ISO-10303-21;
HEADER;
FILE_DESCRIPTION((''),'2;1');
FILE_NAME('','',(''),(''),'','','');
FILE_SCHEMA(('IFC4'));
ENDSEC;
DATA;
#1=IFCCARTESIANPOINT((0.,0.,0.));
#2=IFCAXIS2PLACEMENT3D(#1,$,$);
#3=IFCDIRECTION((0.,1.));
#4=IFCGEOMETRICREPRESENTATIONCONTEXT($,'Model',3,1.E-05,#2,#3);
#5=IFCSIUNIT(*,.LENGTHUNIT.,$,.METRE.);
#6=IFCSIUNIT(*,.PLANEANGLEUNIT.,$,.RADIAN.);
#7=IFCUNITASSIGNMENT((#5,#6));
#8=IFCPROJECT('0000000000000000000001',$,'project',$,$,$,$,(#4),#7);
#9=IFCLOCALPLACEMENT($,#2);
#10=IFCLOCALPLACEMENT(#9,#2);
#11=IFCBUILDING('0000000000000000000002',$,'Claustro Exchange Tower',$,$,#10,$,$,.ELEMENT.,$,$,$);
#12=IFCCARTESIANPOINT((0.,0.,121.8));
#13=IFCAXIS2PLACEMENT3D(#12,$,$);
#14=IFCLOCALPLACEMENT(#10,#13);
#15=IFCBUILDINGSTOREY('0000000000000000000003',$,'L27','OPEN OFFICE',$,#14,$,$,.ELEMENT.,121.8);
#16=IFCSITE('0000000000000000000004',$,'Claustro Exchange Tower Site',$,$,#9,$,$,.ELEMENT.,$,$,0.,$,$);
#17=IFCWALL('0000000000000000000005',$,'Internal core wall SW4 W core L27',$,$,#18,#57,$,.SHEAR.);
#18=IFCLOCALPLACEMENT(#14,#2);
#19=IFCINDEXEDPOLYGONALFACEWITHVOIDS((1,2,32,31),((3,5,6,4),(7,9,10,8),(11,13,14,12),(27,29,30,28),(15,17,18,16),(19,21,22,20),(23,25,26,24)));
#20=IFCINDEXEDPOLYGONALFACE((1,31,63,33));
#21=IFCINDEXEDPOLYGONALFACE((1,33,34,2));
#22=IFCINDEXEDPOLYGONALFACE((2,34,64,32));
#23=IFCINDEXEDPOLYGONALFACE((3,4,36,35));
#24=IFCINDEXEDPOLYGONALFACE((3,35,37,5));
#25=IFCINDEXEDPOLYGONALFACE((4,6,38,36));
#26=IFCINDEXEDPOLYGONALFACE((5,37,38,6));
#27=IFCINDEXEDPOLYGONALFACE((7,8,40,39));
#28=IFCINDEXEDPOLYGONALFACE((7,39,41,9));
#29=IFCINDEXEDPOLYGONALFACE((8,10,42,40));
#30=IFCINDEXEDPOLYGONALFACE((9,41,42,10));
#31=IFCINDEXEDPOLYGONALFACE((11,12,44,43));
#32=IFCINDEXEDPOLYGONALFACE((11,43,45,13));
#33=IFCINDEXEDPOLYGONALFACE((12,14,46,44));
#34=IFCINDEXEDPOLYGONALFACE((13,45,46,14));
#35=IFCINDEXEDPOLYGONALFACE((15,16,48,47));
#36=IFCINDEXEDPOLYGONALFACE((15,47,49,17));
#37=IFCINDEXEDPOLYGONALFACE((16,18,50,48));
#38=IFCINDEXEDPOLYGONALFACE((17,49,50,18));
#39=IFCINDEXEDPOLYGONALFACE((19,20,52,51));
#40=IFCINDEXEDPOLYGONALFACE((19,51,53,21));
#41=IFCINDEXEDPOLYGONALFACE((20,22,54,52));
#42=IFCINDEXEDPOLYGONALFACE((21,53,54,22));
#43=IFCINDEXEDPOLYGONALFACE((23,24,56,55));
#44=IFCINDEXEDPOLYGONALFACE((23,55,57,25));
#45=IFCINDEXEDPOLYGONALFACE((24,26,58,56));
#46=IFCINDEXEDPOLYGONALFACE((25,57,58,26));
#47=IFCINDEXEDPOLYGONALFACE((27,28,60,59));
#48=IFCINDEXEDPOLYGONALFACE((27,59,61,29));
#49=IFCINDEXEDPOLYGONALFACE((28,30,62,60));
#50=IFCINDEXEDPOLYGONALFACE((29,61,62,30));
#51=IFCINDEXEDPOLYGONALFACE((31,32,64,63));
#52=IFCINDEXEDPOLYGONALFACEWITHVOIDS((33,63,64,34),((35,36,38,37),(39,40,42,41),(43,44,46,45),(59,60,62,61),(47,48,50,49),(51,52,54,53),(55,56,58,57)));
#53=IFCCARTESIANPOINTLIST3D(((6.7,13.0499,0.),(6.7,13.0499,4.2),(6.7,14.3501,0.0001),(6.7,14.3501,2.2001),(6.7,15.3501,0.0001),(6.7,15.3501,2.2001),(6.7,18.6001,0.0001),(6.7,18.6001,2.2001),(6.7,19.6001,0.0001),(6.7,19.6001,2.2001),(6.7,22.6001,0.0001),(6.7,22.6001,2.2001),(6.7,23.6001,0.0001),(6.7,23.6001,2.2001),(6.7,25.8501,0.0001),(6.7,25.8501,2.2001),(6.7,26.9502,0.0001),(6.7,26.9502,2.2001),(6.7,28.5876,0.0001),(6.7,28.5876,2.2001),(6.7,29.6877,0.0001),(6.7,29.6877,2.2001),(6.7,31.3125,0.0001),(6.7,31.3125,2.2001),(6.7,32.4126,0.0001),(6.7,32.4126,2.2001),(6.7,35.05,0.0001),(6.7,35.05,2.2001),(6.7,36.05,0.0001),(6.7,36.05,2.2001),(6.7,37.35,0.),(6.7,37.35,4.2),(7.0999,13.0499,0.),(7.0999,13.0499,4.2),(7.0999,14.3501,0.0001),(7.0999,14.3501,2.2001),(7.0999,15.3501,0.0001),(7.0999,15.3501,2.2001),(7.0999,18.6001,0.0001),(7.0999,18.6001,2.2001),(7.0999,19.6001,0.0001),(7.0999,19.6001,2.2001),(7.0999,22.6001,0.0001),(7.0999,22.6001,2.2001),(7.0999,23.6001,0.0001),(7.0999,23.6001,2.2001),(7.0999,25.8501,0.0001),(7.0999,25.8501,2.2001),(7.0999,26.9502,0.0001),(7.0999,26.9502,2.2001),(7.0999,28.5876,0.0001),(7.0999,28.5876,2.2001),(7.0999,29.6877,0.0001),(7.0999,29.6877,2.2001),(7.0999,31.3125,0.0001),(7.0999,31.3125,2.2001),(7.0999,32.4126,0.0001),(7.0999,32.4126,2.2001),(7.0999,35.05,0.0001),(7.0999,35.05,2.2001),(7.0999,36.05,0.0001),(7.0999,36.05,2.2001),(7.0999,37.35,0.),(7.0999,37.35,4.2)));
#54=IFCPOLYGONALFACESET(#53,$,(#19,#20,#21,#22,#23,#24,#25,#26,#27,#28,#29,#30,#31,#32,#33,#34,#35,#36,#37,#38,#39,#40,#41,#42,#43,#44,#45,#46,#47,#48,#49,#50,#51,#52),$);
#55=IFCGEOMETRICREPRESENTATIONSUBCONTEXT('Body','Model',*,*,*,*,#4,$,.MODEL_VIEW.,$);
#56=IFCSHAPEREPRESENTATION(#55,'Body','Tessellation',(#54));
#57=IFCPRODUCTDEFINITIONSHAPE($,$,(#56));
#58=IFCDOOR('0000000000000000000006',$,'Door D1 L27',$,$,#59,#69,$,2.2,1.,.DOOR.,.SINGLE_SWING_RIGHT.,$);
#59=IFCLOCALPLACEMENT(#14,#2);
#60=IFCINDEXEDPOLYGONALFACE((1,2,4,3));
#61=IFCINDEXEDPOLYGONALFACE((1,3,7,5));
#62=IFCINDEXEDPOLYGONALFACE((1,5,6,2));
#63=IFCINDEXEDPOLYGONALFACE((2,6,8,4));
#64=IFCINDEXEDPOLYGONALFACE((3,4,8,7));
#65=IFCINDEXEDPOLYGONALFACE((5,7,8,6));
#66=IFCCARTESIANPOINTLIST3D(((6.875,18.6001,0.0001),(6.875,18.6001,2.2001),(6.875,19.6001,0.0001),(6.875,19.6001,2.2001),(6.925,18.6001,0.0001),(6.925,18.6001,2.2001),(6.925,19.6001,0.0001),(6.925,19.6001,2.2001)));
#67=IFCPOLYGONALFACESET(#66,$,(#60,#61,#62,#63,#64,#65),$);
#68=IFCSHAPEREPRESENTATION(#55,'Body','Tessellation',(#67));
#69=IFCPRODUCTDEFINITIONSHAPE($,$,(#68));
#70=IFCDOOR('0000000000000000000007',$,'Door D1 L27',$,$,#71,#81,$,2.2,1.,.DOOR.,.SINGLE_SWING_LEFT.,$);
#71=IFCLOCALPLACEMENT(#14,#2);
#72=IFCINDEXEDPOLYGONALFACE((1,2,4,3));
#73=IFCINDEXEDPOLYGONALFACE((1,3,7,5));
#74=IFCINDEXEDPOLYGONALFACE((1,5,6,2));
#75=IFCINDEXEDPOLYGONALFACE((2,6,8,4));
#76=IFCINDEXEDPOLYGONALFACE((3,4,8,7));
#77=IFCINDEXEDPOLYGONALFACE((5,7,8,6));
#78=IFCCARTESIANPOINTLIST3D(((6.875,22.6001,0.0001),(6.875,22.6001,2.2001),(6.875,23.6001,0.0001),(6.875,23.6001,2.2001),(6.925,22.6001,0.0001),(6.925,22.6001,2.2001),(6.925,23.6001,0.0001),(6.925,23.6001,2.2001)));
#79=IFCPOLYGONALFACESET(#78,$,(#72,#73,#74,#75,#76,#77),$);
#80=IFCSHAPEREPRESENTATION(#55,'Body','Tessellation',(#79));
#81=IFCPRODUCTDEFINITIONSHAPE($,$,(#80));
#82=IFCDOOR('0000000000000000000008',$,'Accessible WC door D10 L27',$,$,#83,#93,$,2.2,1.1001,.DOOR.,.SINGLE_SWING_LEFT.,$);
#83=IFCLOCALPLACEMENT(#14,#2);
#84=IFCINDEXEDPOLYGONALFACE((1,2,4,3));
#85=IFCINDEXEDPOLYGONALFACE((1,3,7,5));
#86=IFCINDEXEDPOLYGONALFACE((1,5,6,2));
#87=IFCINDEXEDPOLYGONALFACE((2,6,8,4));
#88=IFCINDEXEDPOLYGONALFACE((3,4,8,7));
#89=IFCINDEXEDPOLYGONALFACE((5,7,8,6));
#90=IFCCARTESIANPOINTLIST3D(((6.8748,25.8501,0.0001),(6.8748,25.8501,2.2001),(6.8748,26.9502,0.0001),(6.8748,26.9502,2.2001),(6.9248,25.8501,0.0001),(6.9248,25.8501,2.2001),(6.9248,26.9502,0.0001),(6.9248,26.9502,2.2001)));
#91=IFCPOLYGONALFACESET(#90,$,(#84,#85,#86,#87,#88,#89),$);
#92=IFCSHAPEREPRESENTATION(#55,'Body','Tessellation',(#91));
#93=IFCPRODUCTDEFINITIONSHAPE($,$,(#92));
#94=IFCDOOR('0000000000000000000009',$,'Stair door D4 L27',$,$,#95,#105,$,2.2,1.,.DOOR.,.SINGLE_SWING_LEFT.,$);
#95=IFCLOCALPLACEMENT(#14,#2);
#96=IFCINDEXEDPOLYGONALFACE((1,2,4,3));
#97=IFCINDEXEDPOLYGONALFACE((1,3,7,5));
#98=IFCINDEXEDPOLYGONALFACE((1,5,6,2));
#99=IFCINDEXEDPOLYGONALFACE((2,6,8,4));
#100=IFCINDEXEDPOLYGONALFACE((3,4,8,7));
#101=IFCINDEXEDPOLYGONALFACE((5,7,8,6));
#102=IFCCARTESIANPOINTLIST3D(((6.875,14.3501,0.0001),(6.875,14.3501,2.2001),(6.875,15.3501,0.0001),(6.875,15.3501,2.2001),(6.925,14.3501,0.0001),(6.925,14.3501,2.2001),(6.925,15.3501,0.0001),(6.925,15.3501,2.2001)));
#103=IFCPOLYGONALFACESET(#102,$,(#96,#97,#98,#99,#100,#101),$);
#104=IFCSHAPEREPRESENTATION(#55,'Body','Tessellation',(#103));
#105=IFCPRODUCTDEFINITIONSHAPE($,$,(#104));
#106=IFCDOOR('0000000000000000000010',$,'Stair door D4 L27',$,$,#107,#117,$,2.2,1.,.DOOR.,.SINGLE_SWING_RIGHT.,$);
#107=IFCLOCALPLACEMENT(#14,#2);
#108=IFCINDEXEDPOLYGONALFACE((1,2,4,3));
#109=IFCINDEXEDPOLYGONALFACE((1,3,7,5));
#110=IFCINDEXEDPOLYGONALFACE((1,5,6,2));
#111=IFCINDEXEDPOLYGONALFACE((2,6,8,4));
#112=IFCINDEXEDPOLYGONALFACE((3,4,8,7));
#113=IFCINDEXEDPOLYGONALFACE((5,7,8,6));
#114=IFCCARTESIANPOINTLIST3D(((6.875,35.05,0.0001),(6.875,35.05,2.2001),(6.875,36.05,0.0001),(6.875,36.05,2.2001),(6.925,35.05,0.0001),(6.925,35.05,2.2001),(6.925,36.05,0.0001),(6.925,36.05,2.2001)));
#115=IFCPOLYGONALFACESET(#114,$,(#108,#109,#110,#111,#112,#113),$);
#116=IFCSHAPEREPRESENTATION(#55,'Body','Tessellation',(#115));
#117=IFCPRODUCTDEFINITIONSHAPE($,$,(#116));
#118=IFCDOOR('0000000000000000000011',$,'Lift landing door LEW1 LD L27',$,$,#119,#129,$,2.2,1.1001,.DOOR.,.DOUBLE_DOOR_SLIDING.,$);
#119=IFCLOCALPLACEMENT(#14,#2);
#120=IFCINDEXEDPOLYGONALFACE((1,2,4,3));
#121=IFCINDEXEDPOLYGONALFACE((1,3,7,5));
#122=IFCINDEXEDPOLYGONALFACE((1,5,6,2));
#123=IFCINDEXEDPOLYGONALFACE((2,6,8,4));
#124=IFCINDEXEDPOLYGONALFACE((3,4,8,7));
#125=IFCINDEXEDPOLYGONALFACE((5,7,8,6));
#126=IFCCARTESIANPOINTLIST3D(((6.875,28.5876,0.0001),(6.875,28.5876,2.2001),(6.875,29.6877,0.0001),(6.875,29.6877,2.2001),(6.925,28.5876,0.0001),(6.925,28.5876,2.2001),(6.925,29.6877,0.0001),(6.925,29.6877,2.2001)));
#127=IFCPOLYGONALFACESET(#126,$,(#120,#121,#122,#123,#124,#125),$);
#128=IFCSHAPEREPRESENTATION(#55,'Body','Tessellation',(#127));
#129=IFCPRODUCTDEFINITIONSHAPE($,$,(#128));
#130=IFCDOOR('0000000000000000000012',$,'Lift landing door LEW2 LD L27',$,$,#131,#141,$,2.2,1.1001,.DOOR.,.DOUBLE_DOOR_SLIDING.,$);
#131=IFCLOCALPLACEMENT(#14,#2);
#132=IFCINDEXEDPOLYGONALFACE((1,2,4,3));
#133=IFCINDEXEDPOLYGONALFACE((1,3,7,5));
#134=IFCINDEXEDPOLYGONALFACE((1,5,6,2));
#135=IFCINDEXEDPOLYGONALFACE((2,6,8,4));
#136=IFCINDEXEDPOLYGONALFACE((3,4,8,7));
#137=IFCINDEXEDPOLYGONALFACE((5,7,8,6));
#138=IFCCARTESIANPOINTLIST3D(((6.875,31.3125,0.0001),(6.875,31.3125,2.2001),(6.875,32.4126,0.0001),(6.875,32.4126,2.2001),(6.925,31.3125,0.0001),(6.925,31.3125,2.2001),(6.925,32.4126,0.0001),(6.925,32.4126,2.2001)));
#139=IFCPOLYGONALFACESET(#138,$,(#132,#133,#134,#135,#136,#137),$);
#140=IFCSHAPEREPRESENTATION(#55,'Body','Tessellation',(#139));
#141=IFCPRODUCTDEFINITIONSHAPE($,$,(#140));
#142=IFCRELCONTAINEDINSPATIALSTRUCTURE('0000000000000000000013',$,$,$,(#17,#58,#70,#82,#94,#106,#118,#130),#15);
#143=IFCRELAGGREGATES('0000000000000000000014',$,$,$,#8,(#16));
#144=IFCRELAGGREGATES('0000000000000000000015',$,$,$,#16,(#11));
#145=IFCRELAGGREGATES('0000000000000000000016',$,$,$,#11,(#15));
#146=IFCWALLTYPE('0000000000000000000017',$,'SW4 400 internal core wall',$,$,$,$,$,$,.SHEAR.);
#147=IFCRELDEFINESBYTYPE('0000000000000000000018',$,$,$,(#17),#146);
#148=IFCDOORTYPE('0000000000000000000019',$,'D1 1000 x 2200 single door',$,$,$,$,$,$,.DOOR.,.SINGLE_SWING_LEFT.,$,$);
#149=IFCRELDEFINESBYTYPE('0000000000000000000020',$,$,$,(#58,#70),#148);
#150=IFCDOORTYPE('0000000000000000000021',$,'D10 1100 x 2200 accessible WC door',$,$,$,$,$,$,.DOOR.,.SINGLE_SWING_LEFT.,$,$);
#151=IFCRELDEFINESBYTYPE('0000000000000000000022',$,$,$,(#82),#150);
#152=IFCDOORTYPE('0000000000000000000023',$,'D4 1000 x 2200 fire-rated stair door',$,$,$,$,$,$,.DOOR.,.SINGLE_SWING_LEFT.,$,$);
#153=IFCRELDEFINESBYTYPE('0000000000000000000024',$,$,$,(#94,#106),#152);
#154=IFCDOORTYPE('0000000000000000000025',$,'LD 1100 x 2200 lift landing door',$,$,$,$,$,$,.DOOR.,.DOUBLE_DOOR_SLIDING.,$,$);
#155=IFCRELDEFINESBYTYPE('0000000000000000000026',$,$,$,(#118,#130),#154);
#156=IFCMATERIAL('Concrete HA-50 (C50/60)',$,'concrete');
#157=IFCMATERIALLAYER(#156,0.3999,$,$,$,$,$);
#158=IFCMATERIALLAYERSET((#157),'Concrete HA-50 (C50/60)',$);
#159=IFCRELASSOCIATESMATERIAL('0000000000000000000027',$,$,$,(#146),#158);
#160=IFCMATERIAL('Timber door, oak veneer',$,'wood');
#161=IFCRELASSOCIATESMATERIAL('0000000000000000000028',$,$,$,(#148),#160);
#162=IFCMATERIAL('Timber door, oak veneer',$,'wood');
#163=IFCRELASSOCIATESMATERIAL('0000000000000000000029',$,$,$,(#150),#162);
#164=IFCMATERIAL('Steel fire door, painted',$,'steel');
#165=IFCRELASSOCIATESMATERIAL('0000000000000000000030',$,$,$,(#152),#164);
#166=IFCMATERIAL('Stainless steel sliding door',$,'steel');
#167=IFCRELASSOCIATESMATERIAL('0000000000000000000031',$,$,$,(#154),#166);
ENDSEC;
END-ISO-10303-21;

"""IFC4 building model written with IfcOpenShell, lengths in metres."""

from ifc_helpers import new_model, si_unit, direction, frame, frame_2d, origin, place, context, subcontext, project, spatial, rectangle, extrude, material, layer, layer_set, type_object, element, fill, save


model = new_model("IFC4")

# Units and contexts
model_context = context("Model", 3, precision=1e-05, world=origin(), true_north=direction((0.0, 1.0)))
body_context = subcontext(model_context, "Body", "Model", "MODEL_VIEW")
ifc_project = project(units=[si_unit("LENGTHUNIT", "METRE"), si_unit("PLANEANGLEUNIT", "RADIAN")], contexts=[model_context])

# Site, building, storey
site_placement = place(None, origin())
site = spatial("IfcSite", under=ifc_project, at=site_placement, Name="Claustro Exchange Tower Site", CompositionType="ELEMENT", RefElevation=0.0)
building_placement = place(site_placement, origin())
building = spatial("IfcBuilding", under=site, at=building_placement, Name="Claustro Exchange Tower", CompositionType="ELEMENT")
storey_placement = place(building_placement, frame((0.0, 0.0, 121.8)))
storey = spatial("IfcBuildingStorey", under=building, at=storey_placement, Name="L27", Description="OPEN OFFICE", CompositionType="ELEMENT", Elevation=121.8)

# Wall, openings, doors
ifc_material_1 = material(Name="Concrete HA-50 (C50/60)", Category="concrete")
ifc_layer_1 = layer(ifc_material_1, 0.3999)
ifc_layer_set_1 = layer_set([ifc_layer_1], Name="Concrete HA-50 (C50/60)")
wall_type_1 = type_object("IfcWallType", Name="SW4 400 internal core wall", PredefinedType="SHEAR", material=ifc_layer_set_1)
wall_1_placement = place(storey_placement, frame((6.8999, 13.05, 0.0), z_axis=(0.0, 0.0, 1.0), x_axis=(0.0, 1.0, 0.0)))
wall_1 = element("IfcWall", 1, at=wall_1_placement, inside=storey, type_object=wall_type_1, Name="Internal core wall SW4 W core L27", PredefinedType="SHEAR", context=body_context, shape_type="SweptSolid", body=[
    extrude(rectangle(XDim=24.3, YDim=0.3999, at=frame_2d((12.1499, 0.0))), origin(), (0.0, 0.0, 1.0), 4.2),
])
opening_1_placement = place(wall_1_placement, frame((1.3, 0.0, 0.0)))
opening_1 = element("IfcOpeningElement", 2, at=opening_1_placement, cuts=wall_1, PredefinedType="OPENING", context=body_context, shape_type="SweptSolid", body=[
    extrude(rectangle(XDim=1.0, YDim=2.2, at=frame_2d((0.5, 1.1001))), frame((0.0, 0.21, 0.0), z_axis=(0.0, -1.0, 0.0), x_axis=(1.0, 0.0, 0.0)), (0.0, 0.0, 1.0), 0.4199),
])
opening_2_placement = place(wall_1_placement, frame((22.0, 0.0, 0.0)))
opening_2 = element("IfcOpeningElement", 3, at=opening_2_placement, cuts=wall_1, PredefinedType="OPENING", context=body_context, shape_type="SweptSolid", body=[
    extrude(rectangle(XDim=1.0, YDim=2.2, at=frame_2d((0.5, 1.1001))), frame((0.0, 0.21, 0.0), z_axis=(0.0, -1.0, 0.0), x_axis=(1.0, 0.0, 0.0)), (0.0, 0.0, 1.0), 0.4199),
])
opening_3_placement = place(wall_1_placement, frame((5.55, 0.0, 0.0)))
opening_3 = element("IfcOpeningElement", 4, at=opening_3_placement, cuts=wall_1, PredefinedType="OPENING", context=body_context, shape_type="SweptSolid", body=[
    extrude(rectangle(XDim=1.0, YDim=2.2, at=frame_2d((0.5, 1.1001))), frame((0.0, 0.21, 0.0), z_axis=(0.0, -1.0, 0.0), x_axis=(1.0, 0.0, 0.0)), (0.0, 0.0, 1.0), 0.4199),
])
opening_4_placement = place(wall_1_placement, frame((9.55, 0.0, 0.0)))
opening_4 = element("IfcOpeningElement", 5, at=opening_4_placement, cuts=wall_1, PredefinedType="OPENING", context=body_context, shape_type="SweptSolid", body=[
    extrude(rectangle(XDim=1.0, YDim=2.2, at=frame_2d((0.5, 1.1001))), frame((0.0, 0.21, 0.0), z_axis=(0.0, -1.0, 0.0), x_axis=(1.0, 0.0, 0.0)), (0.0, 0.0, 1.0), 0.4199),
])
opening_5_placement = place(wall_1_placement, frame((12.8, 0.0, 0.0)))
opening_5 = element("IfcOpeningElement", 6, at=opening_5_placement, cuts=wall_1, PredefinedType="OPENING", context=body_context, shape_type="SweptSolid", body=[
    extrude(rectangle(XDim=1.1001, YDim=2.2, at=frame_2d((0.55, 1.1001))), frame((0.0, 0.21, 0.0), z_axis=(0.0, -1.0, 0.0), x_axis=(1.0, 0.0, 0.0)), (0.0, 0.0, 1.0), 0.4199),
])
opening_6_placement = place(wall_1_placement, frame((15.5376, 0.0, 0.0)))
opening_6 = element("IfcOpeningElement", 7, at=opening_6_placement, cuts=wall_1, PredefinedType="OPENING", context=body_context, shape_type="SweptSolid", body=[
    extrude(rectangle(XDim=1.1001, YDim=2.2, at=frame_2d((0.55, 1.1001))), frame((0.0, 0.21, 0.0), z_axis=(0.0, -1.0, 0.0), x_axis=(1.0, 0.0, 0.0)), (0.0, 0.0, 1.0), 0.4199),
])
opening_7_placement = place(wall_1_placement, frame((18.2625, 0.0, 0.0)))
opening_7 = element("IfcOpeningElement", 8, at=opening_7_placement, cuts=wall_1, PredefinedType="OPENING", context=body_context, shape_type="SweptSolid", body=[
    extrude(rectangle(XDim=1.1001, YDim=2.2, at=frame_2d((0.55, 1.1001))), frame((0.0, 0.21, 0.0), z_axis=(0.0, -1.0, 0.0), x_axis=(1.0, 0.0, 0.0)), (0.0, 0.0, 1.0), 0.4199),
])
ifc_material_2 = material(Name="Timber door, oak veneer", Category="wood")
door_type_1 = type_object("IfcDoorType", Name="D1 1000 x 2200 single door", OperationType="SINGLE_SWING_LEFT", PredefinedType="DOOR", material=ifc_material_2)
door_1_placement = place(opening_3_placement, origin())
door_1 = element("IfcDoor", 9, at=door_1_placement, inside=storey, type_object=door_type_1, Name="Door D1 L27", OperationType="SINGLE_SWING_RIGHT", OverallHeight=2.2, OverallWidth=1.0, PredefinedType="DOOR", context=body_context, shape_type="SweptSolid", body=[
    extrude(rectangle(XDim=1.0, YDim=2.2, at=frame_2d((0.5, 1.1001))), frame((0.0, 0.0249, 0.0), z_axis=(0.0, -1.0, 0.0), x_axis=(1.0, 0.0, 0.0)), (0.0, 0.0, 1.0), 0.05),
])
fill(opening_3, door_1)
door_2_placement = place(opening_4_placement, origin())
door_2 = element("IfcDoor", 10, at=door_2_placement, inside=storey, type_object=door_type_1, Name="Door D1 L27", OperationType="SINGLE_SWING_LEFT", OverallHeight=2.2, OverallWidth=1.0, PredefinedType="DOOR", context=body_context, shape_type="SweptSolid", body=[
    extrude(rectangle(XDim=1.0, YDim=2.2, at=frame_2d((0.5, 1.1001))), frame((0.0, 0.0249, 0.0), z_axis=(0.0, -1.0, 0.0), x_axis=(1.0, 0.0, 0.0)), (0.0, 0.0, 1.0), 0.05),
])
fill(opening_4, door_2)
ifc_material_3 = material(Name="Timber door, oak veneer", Category="wood")
door_type_2 = type_object("IfcDoorType", Name="D10 1100 x 2200 accessible WC door", OperationType="SINGLE_SWING_LEFT", PredefinedType="DOOR", material=ifc_material_3)
door_3_placement = place(opening_5_placement, frame((1.1001, 0.0, 0.0), z_axis=(0.0, 0.0, 1.0), x_axis=(-1.0, 0.0, 0.0)))
door_3 = element("IfcDoor", 11, at=door_3_placement, inside=storey, type_object=door_type_2, Name="Accessible WC door D10 L27", OperationType="SINGLE_SWING_LEFT", OverallHeight=2.2, OverallWidth=1.1001, PredefinedType="DOOR", context=body_context, shape_type="SweptSolid", body=[
    extrude(rectangle(XDim=1.1001, YDim=2.2, at=frame_2d((0.55, 1.1001))), frame((0.0, 0.0249, 0.0), z_axis=(0.0, -1.0, 0.0), x_axis=(1.0, 0.0, 0.0)), (0.0, 0.0, 1.0), 0.05),
])
fill(opening_5, door_3)
ifc_material_4 = material(Name="Steel fire door, painted", Category="steel")
door_type_3 = type_object("IfcDoorType", Name="D4 1000 x 2200 fire-rated stair door", OperationType="SINGLE_SWING_LEFT", PredefinedType="DOOR", material=ifc_material_4)
door_4_placement = place(opening_1_placement, origin())
door_4 = element("IfcDoor", 12, at=door_4_placement, inside=storey, type_object=door_type_3, Name="Stair door D4 L27", OperationType="SINGLE_SWING_LEFT", OverallHeight=2.2, OverallWidth=1.0, PredefinedType="DOOR", context=body_context, shape_type="SweptSolid", body=[
    extrude(rectangle(XDim=1.0, YDim=2.2, at=frame_2d((0.5, 1.1001))), frame((0.0, 0.0249, 0.0), z_axis=(0.0, -1.0, 0.0), x_axis=(1.0, 0.0, 0.0)), (0.0, 0.0, 1.0), 0.05),
])
fill(opening_1, door_4)
door_5_placement = place(opening_2_placement, origin())
door_5 = element("IfcDoor", 13, at=door_5_placement, inside=storey, type_object=door_type_3, Name="Stair door D4 L27", OperationType="SINGLE_SWING_RIGHT", OverallHeight=2.2, OverallWidth=1.0, PredefinedType="DOOR", context=body_context, shape_type="SweptSolid", body=[
    extrude(rectangle(XDim=1.0, YDim=2.2, at=frame_2d((0.5, 1.1001))), frame((0.0, 0.0249, 0.0), z_axis=(0.0, -1.0, 0.0), x_axis=(1.0, 0.0, 0.0)), (0.0, 0.0, 1.0), 0.05),
])
fill(opening_2, door_5)
ifc_material_5 = material(Name="Stainless steel sliding door", Category="steel")
door_type_4 = type_object("IfcDoorType", Name="LD 1100 x 2200 lift landing door", OperationType="DOUBLE_DOOR_SLIDING", PredefinedType="DOOR", material=ifc_material_5)
door_6_placement = place(opening_6_placement, origin())
door_6 = element("IfcDoor", 14, at=door_6_placement, inside=storey, type_object=door_type_4, Name="Lift landing door LEW1 LD L27", OperationType="DOUBLE_DOOR_SLIDING", OverallHeight=2.2, OverallWidth=1.1001, PredefinedType="DOOR", context=body_context, shape_type="SweptSolid", body=[
    extrude(rectangle(XDim=1.1001, YDim=2.2, at=frame_2d((0.55, 1.1001))), frame((0.0, 0.0249, 0.0), z_axis=(0.0, -1.0, 0.0), x_axis=(1.0, 0.0, 0.0)), (0.0, 0.0, 1.0), 0.05),
])
fill(opening_6, door_6)
door_7_placement = place(opening_7_placement, origin())
door_7 = element("IfcDoor", 15, at=door_7_placement, inside=storey, type_object=door_type_4, Name="Lift landing door LEW2 LD L27", OperationType="DOUBLE_DOOR_SLIDING", OverallHeight=2.2, OverallWidth=1.1001, PredefinedType="DOOR", context=body_context, shape_type="SweptSolid", body=[
    extrude(rectangle(XDim=1.1001, YDim=2.2, at=frame_2d((0.55, 1.1001))), frame((0.0, 0.0249, 0.0), z_axis=(0.0, -1.0, 0.0), x_axis=(1.0, 0.0, 0.0)), (0.0, 0.0, 1.0), 0.05),
])
fill(opening_7, door_7)

save(model, "model.ifc")
